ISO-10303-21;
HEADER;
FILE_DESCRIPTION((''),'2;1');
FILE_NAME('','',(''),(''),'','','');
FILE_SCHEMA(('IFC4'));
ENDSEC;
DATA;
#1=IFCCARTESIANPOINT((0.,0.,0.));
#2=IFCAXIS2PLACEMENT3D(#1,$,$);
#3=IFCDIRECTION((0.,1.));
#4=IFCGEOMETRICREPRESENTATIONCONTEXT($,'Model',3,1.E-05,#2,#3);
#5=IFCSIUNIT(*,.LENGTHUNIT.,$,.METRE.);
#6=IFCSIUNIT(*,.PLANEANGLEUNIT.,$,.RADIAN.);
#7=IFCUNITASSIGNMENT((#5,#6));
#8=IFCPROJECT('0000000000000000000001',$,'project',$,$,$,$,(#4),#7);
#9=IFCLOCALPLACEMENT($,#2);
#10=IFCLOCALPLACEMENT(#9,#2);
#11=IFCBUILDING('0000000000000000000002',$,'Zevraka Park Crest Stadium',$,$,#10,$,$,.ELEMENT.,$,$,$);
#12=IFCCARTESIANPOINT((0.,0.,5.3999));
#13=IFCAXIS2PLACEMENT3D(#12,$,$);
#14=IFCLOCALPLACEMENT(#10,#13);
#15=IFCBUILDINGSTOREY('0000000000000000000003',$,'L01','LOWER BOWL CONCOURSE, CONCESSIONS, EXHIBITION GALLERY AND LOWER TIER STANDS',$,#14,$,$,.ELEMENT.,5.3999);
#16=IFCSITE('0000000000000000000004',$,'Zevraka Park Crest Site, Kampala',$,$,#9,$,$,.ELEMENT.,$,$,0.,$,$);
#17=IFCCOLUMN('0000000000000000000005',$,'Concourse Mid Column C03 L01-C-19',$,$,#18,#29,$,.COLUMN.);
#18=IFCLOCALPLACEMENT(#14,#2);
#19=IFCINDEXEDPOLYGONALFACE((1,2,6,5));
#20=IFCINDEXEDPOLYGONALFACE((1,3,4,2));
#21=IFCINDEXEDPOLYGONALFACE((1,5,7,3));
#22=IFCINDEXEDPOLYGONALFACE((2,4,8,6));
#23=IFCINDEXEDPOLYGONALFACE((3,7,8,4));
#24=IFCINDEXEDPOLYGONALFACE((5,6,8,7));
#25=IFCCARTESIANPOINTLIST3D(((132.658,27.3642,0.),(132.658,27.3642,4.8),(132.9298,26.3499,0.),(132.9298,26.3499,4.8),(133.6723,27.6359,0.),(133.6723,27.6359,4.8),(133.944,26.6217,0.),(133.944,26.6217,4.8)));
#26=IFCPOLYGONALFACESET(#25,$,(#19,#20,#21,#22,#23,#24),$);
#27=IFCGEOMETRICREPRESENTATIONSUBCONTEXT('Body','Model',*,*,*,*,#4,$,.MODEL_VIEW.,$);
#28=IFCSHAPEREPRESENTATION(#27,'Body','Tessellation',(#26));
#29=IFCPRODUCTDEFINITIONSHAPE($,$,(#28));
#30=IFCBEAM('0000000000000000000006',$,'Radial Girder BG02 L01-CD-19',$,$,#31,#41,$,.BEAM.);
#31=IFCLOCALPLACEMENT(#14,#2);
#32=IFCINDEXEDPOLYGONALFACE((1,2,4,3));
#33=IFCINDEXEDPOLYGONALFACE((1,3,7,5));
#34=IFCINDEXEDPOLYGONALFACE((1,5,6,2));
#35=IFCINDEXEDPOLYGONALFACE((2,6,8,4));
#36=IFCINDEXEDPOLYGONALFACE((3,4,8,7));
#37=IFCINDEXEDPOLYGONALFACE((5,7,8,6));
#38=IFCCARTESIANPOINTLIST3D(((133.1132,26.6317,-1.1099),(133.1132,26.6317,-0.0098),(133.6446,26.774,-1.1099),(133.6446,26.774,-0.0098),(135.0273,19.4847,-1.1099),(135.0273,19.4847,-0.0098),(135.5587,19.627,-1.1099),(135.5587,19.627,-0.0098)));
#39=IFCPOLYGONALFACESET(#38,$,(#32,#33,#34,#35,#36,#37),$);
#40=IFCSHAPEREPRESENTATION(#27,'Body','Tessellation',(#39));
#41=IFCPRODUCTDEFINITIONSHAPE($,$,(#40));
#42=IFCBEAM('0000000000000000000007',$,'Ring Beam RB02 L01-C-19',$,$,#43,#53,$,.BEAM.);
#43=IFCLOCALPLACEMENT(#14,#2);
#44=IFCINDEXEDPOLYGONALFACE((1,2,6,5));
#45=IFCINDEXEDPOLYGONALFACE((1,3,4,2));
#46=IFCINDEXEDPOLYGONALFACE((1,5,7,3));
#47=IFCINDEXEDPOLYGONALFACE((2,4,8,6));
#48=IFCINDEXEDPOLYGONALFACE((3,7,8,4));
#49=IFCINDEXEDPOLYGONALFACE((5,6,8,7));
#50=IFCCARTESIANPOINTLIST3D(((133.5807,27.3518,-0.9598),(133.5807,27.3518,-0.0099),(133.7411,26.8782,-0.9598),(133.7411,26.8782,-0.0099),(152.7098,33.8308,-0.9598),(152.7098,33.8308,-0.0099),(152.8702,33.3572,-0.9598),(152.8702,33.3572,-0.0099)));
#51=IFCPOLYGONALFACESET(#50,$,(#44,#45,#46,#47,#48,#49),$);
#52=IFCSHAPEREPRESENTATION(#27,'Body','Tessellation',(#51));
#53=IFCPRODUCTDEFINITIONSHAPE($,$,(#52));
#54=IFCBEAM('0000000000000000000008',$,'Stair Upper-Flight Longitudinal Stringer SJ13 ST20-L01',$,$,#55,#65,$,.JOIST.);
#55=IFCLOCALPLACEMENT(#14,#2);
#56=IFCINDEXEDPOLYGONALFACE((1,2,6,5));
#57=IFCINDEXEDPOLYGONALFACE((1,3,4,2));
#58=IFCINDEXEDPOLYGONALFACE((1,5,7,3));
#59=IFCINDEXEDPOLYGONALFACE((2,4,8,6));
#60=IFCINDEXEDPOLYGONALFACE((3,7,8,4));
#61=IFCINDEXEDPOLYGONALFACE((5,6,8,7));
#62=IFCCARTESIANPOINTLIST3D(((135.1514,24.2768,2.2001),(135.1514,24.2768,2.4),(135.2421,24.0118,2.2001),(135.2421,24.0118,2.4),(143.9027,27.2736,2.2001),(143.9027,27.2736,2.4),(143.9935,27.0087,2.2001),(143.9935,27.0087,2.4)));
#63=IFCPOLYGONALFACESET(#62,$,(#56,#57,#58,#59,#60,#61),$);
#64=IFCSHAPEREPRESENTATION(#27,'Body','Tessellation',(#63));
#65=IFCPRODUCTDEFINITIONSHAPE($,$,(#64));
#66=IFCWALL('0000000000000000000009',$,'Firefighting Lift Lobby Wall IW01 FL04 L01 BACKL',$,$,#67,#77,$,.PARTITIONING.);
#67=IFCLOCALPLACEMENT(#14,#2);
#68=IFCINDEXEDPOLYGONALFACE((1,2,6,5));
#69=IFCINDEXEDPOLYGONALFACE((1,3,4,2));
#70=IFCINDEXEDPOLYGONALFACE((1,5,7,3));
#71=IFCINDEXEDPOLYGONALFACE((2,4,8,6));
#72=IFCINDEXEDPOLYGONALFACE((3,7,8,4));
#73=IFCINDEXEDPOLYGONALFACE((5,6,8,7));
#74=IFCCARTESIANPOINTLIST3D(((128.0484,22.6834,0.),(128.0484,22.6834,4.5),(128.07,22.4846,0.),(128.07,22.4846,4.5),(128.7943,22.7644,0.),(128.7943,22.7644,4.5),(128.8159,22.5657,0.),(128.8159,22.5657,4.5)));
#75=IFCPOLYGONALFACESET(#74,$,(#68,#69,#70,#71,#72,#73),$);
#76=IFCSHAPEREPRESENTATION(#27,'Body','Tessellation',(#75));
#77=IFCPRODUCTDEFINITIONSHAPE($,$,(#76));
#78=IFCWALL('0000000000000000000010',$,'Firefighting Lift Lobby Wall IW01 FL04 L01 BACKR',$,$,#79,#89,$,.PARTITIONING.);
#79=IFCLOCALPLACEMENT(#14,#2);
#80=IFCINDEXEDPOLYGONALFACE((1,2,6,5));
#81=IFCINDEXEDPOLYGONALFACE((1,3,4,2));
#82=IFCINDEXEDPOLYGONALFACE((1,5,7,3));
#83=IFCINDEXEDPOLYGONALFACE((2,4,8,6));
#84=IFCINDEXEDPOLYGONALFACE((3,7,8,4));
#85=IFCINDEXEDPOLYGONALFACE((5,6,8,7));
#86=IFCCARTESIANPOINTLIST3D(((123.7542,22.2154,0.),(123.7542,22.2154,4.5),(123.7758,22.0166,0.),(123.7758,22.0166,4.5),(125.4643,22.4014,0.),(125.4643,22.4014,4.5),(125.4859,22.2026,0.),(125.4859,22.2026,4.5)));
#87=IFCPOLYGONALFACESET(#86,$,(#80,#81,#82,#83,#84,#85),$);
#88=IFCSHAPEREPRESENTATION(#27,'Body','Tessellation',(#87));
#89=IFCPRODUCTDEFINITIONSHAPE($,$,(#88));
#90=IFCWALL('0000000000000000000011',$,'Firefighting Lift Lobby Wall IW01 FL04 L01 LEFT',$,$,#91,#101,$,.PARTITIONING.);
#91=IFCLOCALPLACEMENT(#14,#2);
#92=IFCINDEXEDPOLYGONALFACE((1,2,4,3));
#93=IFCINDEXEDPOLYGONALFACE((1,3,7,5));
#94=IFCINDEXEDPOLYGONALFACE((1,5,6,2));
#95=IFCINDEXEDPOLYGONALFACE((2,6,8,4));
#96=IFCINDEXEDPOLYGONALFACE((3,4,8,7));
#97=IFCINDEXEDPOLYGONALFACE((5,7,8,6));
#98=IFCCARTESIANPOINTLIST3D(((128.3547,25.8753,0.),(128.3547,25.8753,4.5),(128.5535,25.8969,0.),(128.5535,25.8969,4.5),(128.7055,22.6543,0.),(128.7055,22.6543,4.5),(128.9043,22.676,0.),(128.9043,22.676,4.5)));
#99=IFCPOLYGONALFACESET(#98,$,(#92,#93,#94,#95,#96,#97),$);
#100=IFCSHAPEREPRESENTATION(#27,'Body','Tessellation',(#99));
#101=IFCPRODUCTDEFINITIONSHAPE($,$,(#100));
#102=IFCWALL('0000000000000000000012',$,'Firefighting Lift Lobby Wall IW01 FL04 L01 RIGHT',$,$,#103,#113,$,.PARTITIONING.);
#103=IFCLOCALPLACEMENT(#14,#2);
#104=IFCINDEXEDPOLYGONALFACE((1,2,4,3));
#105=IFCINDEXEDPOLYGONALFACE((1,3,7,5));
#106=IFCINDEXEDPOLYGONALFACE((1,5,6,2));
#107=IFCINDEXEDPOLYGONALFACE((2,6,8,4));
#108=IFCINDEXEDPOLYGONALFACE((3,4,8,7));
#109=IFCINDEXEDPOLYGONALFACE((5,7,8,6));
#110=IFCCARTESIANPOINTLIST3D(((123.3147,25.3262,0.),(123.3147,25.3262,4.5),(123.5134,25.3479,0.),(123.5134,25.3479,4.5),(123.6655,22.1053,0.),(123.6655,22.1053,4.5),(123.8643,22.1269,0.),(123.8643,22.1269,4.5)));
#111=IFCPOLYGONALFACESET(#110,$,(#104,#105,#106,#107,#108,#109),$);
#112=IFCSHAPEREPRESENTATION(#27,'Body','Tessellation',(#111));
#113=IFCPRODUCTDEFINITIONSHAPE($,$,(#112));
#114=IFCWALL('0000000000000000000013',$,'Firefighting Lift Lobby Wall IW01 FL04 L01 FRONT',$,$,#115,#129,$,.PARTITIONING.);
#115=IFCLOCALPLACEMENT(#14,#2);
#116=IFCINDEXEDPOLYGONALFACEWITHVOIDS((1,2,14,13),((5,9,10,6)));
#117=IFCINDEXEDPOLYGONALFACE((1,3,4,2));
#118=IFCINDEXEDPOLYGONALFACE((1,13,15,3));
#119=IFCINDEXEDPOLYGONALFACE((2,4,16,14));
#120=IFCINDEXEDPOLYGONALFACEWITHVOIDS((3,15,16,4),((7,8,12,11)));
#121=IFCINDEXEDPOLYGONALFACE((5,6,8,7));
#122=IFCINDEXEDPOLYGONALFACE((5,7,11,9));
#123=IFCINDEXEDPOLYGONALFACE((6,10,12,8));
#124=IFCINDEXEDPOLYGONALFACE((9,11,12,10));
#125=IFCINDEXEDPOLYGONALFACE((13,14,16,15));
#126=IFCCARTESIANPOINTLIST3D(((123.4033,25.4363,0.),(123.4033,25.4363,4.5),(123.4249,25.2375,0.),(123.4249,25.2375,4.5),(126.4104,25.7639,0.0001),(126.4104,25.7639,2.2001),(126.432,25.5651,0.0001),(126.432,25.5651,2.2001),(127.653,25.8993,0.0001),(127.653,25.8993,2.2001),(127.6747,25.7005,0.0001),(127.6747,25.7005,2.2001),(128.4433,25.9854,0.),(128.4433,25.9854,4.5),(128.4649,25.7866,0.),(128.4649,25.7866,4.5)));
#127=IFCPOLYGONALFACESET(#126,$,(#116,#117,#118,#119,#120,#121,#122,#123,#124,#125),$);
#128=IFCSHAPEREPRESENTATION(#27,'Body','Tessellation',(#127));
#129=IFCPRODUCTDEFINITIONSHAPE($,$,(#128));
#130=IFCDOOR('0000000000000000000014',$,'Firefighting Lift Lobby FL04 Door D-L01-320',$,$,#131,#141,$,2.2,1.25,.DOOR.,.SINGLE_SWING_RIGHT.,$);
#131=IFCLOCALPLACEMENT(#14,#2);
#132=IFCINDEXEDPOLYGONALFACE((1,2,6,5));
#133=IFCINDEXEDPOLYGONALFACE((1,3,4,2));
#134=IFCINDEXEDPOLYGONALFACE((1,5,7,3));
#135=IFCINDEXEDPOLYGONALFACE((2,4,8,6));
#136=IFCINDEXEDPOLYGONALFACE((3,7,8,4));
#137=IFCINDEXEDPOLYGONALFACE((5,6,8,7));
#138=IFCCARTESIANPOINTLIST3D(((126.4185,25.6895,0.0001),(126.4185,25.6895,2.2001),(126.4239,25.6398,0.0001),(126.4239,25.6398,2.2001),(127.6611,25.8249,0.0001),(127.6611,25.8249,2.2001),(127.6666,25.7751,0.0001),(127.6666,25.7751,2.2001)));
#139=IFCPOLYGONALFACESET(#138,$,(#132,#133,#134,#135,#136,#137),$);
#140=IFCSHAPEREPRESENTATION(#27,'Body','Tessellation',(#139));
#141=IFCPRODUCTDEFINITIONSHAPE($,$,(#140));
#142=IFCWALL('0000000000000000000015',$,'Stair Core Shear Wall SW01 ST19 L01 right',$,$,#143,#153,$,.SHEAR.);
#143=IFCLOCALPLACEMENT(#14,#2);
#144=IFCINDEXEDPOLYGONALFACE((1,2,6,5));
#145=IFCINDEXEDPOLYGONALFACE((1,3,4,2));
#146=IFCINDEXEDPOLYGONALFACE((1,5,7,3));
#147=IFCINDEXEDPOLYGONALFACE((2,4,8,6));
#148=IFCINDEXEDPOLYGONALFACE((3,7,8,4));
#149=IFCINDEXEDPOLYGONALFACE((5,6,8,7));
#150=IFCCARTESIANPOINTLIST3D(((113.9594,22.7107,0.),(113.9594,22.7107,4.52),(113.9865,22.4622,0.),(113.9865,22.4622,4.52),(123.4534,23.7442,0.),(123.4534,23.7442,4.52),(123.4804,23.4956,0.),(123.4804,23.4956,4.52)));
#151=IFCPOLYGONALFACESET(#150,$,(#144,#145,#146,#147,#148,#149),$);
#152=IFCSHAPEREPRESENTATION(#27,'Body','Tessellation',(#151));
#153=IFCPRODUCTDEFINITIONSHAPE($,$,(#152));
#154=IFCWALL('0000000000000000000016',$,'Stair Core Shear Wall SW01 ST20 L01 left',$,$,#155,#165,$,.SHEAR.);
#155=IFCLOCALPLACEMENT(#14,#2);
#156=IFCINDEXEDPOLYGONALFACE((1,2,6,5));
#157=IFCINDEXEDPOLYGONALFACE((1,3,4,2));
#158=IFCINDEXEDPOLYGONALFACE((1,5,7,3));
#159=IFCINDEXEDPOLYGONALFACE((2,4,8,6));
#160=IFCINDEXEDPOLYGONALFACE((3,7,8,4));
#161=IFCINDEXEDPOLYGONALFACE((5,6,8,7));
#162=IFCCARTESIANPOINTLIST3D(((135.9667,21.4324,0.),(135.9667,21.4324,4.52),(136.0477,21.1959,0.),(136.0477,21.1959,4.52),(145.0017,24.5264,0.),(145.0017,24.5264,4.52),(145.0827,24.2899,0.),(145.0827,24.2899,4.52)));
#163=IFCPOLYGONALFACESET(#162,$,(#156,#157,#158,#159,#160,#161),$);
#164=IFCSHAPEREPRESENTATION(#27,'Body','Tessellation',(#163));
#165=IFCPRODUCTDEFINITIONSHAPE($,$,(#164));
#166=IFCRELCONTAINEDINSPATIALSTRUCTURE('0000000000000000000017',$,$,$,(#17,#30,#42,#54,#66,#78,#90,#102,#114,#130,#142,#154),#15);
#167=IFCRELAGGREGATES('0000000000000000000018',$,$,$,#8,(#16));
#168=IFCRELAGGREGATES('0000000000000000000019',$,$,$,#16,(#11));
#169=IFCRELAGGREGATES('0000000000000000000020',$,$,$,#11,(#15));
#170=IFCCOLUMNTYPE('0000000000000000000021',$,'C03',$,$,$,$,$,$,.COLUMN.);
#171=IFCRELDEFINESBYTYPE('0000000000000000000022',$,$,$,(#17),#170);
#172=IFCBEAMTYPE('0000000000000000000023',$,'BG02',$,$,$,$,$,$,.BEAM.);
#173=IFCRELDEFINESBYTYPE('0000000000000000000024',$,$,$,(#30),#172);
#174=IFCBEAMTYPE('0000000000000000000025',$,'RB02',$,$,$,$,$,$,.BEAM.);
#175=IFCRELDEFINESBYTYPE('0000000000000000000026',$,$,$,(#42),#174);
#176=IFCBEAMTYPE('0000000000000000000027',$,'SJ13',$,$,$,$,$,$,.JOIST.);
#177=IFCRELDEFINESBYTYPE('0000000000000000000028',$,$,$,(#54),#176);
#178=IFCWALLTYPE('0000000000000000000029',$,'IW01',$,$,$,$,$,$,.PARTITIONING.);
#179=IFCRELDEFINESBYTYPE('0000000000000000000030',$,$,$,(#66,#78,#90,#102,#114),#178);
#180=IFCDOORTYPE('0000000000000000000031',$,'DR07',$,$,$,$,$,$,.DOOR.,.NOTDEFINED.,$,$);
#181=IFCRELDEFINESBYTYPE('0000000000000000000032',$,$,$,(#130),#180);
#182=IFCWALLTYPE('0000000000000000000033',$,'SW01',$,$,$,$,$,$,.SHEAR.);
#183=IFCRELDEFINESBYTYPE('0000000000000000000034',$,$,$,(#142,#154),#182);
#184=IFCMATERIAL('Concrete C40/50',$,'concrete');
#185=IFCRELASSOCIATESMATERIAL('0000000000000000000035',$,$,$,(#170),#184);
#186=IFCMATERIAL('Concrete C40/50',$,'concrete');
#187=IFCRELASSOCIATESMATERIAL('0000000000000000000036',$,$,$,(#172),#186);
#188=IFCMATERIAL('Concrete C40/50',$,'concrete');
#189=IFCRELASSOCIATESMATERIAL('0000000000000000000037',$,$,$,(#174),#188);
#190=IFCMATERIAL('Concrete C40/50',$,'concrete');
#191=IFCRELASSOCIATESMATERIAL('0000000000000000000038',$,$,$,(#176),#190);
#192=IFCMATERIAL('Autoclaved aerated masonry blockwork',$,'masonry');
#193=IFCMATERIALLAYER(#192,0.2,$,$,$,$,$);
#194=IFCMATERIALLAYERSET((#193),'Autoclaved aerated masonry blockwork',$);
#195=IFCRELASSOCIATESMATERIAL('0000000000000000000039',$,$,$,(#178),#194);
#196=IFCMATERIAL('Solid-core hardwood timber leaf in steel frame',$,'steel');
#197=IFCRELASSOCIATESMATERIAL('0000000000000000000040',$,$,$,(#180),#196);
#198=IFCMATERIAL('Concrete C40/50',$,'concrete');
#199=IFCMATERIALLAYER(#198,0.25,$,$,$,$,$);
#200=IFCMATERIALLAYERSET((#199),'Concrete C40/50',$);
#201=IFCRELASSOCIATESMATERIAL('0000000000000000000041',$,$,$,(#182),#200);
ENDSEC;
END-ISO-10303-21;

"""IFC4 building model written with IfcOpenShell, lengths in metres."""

from ifc_helpers import new_model, si_unit, direction, frame, frame_2d, origin, origin_2d, place, context, subcontext, project, spatial, rectangle, extrude, material, layer, layer_set, material_profile, profile_set, type_object, element, fill, save


model = new_model("IFC4")

# Units and contexts
model_context = context("Model", 3, precision=1e-05, world=origin(), true_north=direction((0.0, 1.0)))
body_context = subcontext(model_context, "Body", "Model", "MODEL_VIEW")
ifc_project = project(units=[si_unit("LENGTHUNIT", "METRE"), si_unit("PLANEANGLEUNIT", "RADIAN")], contexts=[model_context])

# Site, building, storey
site_placement = place(None, origin())
site = spatial("IfcSite", under=ifc_project, at=site_placement, Name="Zevraka Park Crest Site, Kampala", CompositionType="ELEMENT", RefElevation=0.0)
building_placement = place(site_placement, origin())
building = spatial("IfcBuilding", under=site, at=building_placement, Name="Zevraka Park Crest Stadium", CompositionType="ELEMENT")
storey_placement = place(building_placement, frame((0.0, 0.0, 5.3999)))
storey = spatial("IfcBuildingStorey", under=building, at=storey_placement, Name="L01", Description="LOWER BOWL CONCOURSE, CONCESSIONS, EXHIBITION GALLERY AND LOWER TIER STANDS", CompositionType="ELEMENT", Elevation=5.3999)

# Column
ifc_material_1 = material(Name="Concrete C40/50", Category="concrete")
ifc_material_profile_1 = material_profile(ifc_material_1, rectangle(XDim=1.05, YDim=1.05, at=origin_2d()), Name="RC 1050x1050")
ifc_profile_set_1 = profile_set([ifc_material_profile_1], Name="Concrete C40/50")
column_type = type_object("IfcColumnType", Name="C03", PredefinedType="COLUMN", material=ifc_profile_set_1)
column_placement = place(storey_placement, frame((133.301, 26.9929, 0.0), z_axis=(0.0, 0.0, 1.0), x_axis=(-0.258819, 0.965926, 0.0)))
element("IfcColumn", 1, at=column_placement, inside=storey, type_object=column_type, Name="Concourse Mid Column C03 L01-C-19", PredefinedType="COLUMN", context=body_context, shape_type="SweptSolid", body=[
    extrude(rectangle(XDim=1.05, YDim=1.05, at=origin_2d()), origin(), (0.0, 0.0, 1.0), 4.8),
])

# Beams
ifc_material_2 = material(Name="Concrete C40/50", Category="concrete")
ifc_material_profile_2 = material_profile(ifc_material_2, rectangle(XDim=0.55, YDim=1.1001, at=origin_2d()), Name="RC 1100x550")
ifc_profile_set_2 = profile_set([ifc_material_profile_2], Name="Concrete C40/50")
beam_type_1 = type_object("IfcBeamType", Name="BG02", PredefinedType="BEAM", material=ifc_profile_set_2)
beam_1_placement = place(storey_placement, frame((133.3789, 26.7029, -0.5598), z_axis=(0.258698, -0.965958, 0.0), x_axis=(0.965958, 0.258698, 0.0)))
element("IfcBeam", 2, at=beam_1_placement, inside=storey, type_object=beam_type_1, Name="Radial Girder BG02 L01-CD-19", PredefinedType="BEAM", context=body_context, shape_type="SweptSolid", body=[
    extrude(rectangle(XDim=0.55, YDim=1.1001, at=origin_2d()), origin(), (0.0, 0.0, 1.0), 7.3989),
])
ifc_material_3 = material(Name="Concrete C40/50", Category="concrete")
ifc_material_profile_3 = material_profile(ifc_material_3, rectangle(XDim=0.5, YDim=0.95, at=origin_2d()), Name="RC 950x500")
ifc_profile_set_3 = profile_set([ifc_material_profile_3], Name="Concrete C40/50")
beam_type_2 = type_object("IfcBeamType", Name="RB02", PredefinedType="BEAM", material=ifc_profile_set_3)
beam_2_placement = place(storey_placement, frame((133.6609, 27.115, -0.4849), z_axis=(0.947148, 0.320797, 0.0), x_axis=(-0.320797, 0.947148, 0.0)))
element("IfcBeam", 3, at=beam_2_placement, inside=storey, type_object=beam_type_2, Name="Ring Beam RB02 L01-C-19", PredefinedType="BEAM", context=body_context, shape_type="SweptSolid", body=[
    extrude(rectangle(XDim=0.5, YDim=0.95, at=origin_2d()), origin(), (0.0, 0.0, 1.0), 20.1965),
])
ifc_material_4 = material(Name="Concrete C40/50", Category="concrete")
ifc_material_profile_4 = material_profile(ifc_material_4, rectangle(XDim=0.28, YDim=0.2, at=origin_2d()), Name="RC 200x280")
ifc_profile_set_4 = profile_set([ifc_material_profile_4], Name="Concrete C40/50")
beam_type_3 = type_object("IfcBeamType", Name="SJ13", PredefinedType="JOIST", material=ifc_profile_set_4)
beam_3_placement = place(storey_placement, frame((135.1968, 24.1443, 2.3), z_axis=(0.946065, 0.323977, 0.0), x_axis=(-0.323977, 0.946065, 0.0)))
element("IfcBeam", 4, at=beam_3_placement, inside=storey, type_object=beam_type_3, Name="Stair Upper-Flight Longitudinal Stringer SJ13 ST20-L01", PredefinedType="JOIST", context=body_context, shape_type="SweptSolid", body=[
    extrude(rectangle(XDim=0.28, YDim=0.2, at=origin_2d()), origin(), (0.0, 0.0, 1.0), 9.2502),
])

# Walls
ifc_material_5 = material(Name="Autoclaved aerated masonry blockwork", Category="masonry")
ifc_layer_1 = layer(ifc_material_5, 0.2)
ifc_layer_set_1 = layer_set([ifc_layer_1], Name="Autoclaved aerated masonry blockwork")
wall_type_1 = type_object("IfcWallType", Name="IW01", PredefinedType="PARTITIONING", material=ifc_layer_set_1)
wall_1_placement = place(storey_placement, frame((128.8049, 22.665, 0.0), z_axis=(0.0, 0.0, 1.0), x_axis=(-0.994147, -0.108038, 0.0)))
element("IfcWall", 5, at=wall_1_placement, inside=storey, type_object=wall_type_1, Name="Firefighting Lift Lobby Wall IW01 FL04 L01 BACKL", PredefinedType="PARTITIONING", context=body_context, shape_type="SweptSolid", body=[
    extrude(rectangle(XDim=0.7502, YDim=0.2, at=frame_2d((0.375, 0.0))), origin(), (0.0, 0.0, 1.0), 4.5),
])
wall_2_placement = place(storey_placement, frame((125.4751, 22.302, 0.0), z_axis=(0.0, 0.0, 1.0), x_axis=(-0.994136, -0.108142, 0.0)))
element("IfcWall", 6, at=wall_2_placement, inside=storey, type_object=wall_type_1, Name="Firefighting Lift Lobby Wall IW01 FL04 L01 BACKR", PredefinedType="PARTITIONING", context=body_context, shape_type="SweptSolid", body=[
    extrude(rectangle(XDim=1.7202, YDim=0.2, at=frame_2d((0.8601, 0.0))), origin(), (0.0, 0.0, 1.0), 4.5),
])
for number, where, z_axis, x_axis, name in (
    (7, (128.8049, 22.665, 0.0), (0.0, 0.0, 1.0), (-0.108281, 0.99412, 0.0), "Firefighting Lift Lobby Wall IW01 FL04 L01 LEFT"),
    (8, (123.7649, 22.116, 0.0), (0.0, 0.0, 1.0), (-0.108281, 0.99412, 0.0), "Firefighting Lift Lobby Wall IW01 FL04 L01 RIGHT"),
):
    element("IfcWall", number, at=place(storey_placement, frame(where, z_axis=z_axis, x_axis=x_axis)), inside=storey, type_object=wall_type_1, Name=name, PredefinedType="PARTITIONING", context=body_context, shape_type="SweptSolid", body=[
        extrude(rectangle(XDim=3.24, YDim=0.2, at=frame_2d((1.6201, 0.0))), origin(), (0.0, 0.0, 1.0), 4.5),
    ])

# Wall, opening, door
wall_3_placement = place(storey_placement, frame((128.4541, 25.886, 0.0), z_axis=(0.0, 0.0, 1.0), x_axis=(-0.994118, -0.108301, 0.0)))
wall_3 = element("IfcWall", 9, at=wall_3_placement, inside=storey, type_object=wall_type_1, Name="Firefighting Lift Lobby Wall IW01 FL04 L01 FRONT", PredefinedType="PARTITIONING", context=body_context, shape_type="SweptSolid", body=[
    extrude(rectangle(XDim=5.0698, YDim=0.2, at=frame_2d((2.5349, 0.0))), origin(), (0.0, 0.0, 1.0), 4.5),
])
opening_1_placement = place(wall_3_placement, frame((0.7949, 0.0, 0.0)))
opening_1 = element("IfcOpeningElement", 10, at=opening_1_placement, cuts=wall_3, PredefinedType="OPENING", context=body_context, shape_type="SweptSolid", body=[
    extrude(rectangle(XDim=1.25, YDim=2.2, at=frame_2d((0.625, 1.1001))), frame((0.0, 0.1099, 0.0), z_axis=(0.0, -1.0, 0.0), x_axis=(1.0, 0.0, 0.0)), (0.0, 0.0, 1.0), 0.22),
])
ifc_material_6 = material(Name="Solid-core hardwood timber leaf in steel frame", Category="steel")
door_type_1 = type_object("IfcDoorType", Name="DR07", OperationType="NOTDEFINED", PredefinedType="DOOR", material=ifc_material_6)
door_1_placement = place(opening_1_placement, origin())
door_1 = element("IfcDoor", 11, at=door_1_placement, inside=storey, type_object=door_type_1, Name="Firefighting Lift Lobby FL04 Door D-L01-320", OperationType="SINGLE_SWING_RIGHT", OverallHeight=2.2, OverallWidth=1.25, PredefinedType="DOOR", context=body_context, shape_type="SweptSolid", body=[
    extrude(rectangle(XDim=1.25, YDim=2.2, at=frame_2d((0.625, 1.1001))), frame((0.0, 0.0249, 0.0), z_axis=(0.0, -1.0, 0.0), x_axis=(1.0, 0.0, 0.0)), (0.0, 0.0, 1.0), 0.05),
])
fill(opening_1, door_1)

# Walls
ifc_material_7 = material(Name="Concrete C40/50", Category="concrete")
ifc_layer_2 = layer(ifc_material_7, 0.25)
ifc_layer_set_2 = layer_set([ifc_layer_2], Name="Concrete C40/50")
wall_type_2 = type_object("IfcWallType", Name="SW01", PredefinedType="SHEAR", material=ifc_layer_set_2)
for number, where, z_axis, x_axis, name in (
    (12, (123.4668, 23.6199, 0.0), (0.0, 0.0, 1.0), (-0.994128, -0.108215, 0.0), "Stair Core Shear Wall SW01 ST19 L01 right"),
    (13, (136.0073, 21.3142, 0.0), (0.0, 0.0, 1.0), (0.946064, 0.323979, 0.0), "Stair Core Shear Wall SW01 ST20 L01 left"),
):
    element("IfcWall", number, at=place(storey_placement, frame(where, z_axis=z_axis, x_axis=x_axis)), inside=storey, type_object=wall_type_2, Name=name, PredefinedType="SHEAR", context=body_context, shape_type="SweptSolid", body=[
        extrude(rectangle(XDim=9.55, YDim=0.25, at=frame_2d((4.7749, 0.0))), origin(), (0.0, 0.0, 1.0), 4.52),
    ])

save(model, "model.ifc")
